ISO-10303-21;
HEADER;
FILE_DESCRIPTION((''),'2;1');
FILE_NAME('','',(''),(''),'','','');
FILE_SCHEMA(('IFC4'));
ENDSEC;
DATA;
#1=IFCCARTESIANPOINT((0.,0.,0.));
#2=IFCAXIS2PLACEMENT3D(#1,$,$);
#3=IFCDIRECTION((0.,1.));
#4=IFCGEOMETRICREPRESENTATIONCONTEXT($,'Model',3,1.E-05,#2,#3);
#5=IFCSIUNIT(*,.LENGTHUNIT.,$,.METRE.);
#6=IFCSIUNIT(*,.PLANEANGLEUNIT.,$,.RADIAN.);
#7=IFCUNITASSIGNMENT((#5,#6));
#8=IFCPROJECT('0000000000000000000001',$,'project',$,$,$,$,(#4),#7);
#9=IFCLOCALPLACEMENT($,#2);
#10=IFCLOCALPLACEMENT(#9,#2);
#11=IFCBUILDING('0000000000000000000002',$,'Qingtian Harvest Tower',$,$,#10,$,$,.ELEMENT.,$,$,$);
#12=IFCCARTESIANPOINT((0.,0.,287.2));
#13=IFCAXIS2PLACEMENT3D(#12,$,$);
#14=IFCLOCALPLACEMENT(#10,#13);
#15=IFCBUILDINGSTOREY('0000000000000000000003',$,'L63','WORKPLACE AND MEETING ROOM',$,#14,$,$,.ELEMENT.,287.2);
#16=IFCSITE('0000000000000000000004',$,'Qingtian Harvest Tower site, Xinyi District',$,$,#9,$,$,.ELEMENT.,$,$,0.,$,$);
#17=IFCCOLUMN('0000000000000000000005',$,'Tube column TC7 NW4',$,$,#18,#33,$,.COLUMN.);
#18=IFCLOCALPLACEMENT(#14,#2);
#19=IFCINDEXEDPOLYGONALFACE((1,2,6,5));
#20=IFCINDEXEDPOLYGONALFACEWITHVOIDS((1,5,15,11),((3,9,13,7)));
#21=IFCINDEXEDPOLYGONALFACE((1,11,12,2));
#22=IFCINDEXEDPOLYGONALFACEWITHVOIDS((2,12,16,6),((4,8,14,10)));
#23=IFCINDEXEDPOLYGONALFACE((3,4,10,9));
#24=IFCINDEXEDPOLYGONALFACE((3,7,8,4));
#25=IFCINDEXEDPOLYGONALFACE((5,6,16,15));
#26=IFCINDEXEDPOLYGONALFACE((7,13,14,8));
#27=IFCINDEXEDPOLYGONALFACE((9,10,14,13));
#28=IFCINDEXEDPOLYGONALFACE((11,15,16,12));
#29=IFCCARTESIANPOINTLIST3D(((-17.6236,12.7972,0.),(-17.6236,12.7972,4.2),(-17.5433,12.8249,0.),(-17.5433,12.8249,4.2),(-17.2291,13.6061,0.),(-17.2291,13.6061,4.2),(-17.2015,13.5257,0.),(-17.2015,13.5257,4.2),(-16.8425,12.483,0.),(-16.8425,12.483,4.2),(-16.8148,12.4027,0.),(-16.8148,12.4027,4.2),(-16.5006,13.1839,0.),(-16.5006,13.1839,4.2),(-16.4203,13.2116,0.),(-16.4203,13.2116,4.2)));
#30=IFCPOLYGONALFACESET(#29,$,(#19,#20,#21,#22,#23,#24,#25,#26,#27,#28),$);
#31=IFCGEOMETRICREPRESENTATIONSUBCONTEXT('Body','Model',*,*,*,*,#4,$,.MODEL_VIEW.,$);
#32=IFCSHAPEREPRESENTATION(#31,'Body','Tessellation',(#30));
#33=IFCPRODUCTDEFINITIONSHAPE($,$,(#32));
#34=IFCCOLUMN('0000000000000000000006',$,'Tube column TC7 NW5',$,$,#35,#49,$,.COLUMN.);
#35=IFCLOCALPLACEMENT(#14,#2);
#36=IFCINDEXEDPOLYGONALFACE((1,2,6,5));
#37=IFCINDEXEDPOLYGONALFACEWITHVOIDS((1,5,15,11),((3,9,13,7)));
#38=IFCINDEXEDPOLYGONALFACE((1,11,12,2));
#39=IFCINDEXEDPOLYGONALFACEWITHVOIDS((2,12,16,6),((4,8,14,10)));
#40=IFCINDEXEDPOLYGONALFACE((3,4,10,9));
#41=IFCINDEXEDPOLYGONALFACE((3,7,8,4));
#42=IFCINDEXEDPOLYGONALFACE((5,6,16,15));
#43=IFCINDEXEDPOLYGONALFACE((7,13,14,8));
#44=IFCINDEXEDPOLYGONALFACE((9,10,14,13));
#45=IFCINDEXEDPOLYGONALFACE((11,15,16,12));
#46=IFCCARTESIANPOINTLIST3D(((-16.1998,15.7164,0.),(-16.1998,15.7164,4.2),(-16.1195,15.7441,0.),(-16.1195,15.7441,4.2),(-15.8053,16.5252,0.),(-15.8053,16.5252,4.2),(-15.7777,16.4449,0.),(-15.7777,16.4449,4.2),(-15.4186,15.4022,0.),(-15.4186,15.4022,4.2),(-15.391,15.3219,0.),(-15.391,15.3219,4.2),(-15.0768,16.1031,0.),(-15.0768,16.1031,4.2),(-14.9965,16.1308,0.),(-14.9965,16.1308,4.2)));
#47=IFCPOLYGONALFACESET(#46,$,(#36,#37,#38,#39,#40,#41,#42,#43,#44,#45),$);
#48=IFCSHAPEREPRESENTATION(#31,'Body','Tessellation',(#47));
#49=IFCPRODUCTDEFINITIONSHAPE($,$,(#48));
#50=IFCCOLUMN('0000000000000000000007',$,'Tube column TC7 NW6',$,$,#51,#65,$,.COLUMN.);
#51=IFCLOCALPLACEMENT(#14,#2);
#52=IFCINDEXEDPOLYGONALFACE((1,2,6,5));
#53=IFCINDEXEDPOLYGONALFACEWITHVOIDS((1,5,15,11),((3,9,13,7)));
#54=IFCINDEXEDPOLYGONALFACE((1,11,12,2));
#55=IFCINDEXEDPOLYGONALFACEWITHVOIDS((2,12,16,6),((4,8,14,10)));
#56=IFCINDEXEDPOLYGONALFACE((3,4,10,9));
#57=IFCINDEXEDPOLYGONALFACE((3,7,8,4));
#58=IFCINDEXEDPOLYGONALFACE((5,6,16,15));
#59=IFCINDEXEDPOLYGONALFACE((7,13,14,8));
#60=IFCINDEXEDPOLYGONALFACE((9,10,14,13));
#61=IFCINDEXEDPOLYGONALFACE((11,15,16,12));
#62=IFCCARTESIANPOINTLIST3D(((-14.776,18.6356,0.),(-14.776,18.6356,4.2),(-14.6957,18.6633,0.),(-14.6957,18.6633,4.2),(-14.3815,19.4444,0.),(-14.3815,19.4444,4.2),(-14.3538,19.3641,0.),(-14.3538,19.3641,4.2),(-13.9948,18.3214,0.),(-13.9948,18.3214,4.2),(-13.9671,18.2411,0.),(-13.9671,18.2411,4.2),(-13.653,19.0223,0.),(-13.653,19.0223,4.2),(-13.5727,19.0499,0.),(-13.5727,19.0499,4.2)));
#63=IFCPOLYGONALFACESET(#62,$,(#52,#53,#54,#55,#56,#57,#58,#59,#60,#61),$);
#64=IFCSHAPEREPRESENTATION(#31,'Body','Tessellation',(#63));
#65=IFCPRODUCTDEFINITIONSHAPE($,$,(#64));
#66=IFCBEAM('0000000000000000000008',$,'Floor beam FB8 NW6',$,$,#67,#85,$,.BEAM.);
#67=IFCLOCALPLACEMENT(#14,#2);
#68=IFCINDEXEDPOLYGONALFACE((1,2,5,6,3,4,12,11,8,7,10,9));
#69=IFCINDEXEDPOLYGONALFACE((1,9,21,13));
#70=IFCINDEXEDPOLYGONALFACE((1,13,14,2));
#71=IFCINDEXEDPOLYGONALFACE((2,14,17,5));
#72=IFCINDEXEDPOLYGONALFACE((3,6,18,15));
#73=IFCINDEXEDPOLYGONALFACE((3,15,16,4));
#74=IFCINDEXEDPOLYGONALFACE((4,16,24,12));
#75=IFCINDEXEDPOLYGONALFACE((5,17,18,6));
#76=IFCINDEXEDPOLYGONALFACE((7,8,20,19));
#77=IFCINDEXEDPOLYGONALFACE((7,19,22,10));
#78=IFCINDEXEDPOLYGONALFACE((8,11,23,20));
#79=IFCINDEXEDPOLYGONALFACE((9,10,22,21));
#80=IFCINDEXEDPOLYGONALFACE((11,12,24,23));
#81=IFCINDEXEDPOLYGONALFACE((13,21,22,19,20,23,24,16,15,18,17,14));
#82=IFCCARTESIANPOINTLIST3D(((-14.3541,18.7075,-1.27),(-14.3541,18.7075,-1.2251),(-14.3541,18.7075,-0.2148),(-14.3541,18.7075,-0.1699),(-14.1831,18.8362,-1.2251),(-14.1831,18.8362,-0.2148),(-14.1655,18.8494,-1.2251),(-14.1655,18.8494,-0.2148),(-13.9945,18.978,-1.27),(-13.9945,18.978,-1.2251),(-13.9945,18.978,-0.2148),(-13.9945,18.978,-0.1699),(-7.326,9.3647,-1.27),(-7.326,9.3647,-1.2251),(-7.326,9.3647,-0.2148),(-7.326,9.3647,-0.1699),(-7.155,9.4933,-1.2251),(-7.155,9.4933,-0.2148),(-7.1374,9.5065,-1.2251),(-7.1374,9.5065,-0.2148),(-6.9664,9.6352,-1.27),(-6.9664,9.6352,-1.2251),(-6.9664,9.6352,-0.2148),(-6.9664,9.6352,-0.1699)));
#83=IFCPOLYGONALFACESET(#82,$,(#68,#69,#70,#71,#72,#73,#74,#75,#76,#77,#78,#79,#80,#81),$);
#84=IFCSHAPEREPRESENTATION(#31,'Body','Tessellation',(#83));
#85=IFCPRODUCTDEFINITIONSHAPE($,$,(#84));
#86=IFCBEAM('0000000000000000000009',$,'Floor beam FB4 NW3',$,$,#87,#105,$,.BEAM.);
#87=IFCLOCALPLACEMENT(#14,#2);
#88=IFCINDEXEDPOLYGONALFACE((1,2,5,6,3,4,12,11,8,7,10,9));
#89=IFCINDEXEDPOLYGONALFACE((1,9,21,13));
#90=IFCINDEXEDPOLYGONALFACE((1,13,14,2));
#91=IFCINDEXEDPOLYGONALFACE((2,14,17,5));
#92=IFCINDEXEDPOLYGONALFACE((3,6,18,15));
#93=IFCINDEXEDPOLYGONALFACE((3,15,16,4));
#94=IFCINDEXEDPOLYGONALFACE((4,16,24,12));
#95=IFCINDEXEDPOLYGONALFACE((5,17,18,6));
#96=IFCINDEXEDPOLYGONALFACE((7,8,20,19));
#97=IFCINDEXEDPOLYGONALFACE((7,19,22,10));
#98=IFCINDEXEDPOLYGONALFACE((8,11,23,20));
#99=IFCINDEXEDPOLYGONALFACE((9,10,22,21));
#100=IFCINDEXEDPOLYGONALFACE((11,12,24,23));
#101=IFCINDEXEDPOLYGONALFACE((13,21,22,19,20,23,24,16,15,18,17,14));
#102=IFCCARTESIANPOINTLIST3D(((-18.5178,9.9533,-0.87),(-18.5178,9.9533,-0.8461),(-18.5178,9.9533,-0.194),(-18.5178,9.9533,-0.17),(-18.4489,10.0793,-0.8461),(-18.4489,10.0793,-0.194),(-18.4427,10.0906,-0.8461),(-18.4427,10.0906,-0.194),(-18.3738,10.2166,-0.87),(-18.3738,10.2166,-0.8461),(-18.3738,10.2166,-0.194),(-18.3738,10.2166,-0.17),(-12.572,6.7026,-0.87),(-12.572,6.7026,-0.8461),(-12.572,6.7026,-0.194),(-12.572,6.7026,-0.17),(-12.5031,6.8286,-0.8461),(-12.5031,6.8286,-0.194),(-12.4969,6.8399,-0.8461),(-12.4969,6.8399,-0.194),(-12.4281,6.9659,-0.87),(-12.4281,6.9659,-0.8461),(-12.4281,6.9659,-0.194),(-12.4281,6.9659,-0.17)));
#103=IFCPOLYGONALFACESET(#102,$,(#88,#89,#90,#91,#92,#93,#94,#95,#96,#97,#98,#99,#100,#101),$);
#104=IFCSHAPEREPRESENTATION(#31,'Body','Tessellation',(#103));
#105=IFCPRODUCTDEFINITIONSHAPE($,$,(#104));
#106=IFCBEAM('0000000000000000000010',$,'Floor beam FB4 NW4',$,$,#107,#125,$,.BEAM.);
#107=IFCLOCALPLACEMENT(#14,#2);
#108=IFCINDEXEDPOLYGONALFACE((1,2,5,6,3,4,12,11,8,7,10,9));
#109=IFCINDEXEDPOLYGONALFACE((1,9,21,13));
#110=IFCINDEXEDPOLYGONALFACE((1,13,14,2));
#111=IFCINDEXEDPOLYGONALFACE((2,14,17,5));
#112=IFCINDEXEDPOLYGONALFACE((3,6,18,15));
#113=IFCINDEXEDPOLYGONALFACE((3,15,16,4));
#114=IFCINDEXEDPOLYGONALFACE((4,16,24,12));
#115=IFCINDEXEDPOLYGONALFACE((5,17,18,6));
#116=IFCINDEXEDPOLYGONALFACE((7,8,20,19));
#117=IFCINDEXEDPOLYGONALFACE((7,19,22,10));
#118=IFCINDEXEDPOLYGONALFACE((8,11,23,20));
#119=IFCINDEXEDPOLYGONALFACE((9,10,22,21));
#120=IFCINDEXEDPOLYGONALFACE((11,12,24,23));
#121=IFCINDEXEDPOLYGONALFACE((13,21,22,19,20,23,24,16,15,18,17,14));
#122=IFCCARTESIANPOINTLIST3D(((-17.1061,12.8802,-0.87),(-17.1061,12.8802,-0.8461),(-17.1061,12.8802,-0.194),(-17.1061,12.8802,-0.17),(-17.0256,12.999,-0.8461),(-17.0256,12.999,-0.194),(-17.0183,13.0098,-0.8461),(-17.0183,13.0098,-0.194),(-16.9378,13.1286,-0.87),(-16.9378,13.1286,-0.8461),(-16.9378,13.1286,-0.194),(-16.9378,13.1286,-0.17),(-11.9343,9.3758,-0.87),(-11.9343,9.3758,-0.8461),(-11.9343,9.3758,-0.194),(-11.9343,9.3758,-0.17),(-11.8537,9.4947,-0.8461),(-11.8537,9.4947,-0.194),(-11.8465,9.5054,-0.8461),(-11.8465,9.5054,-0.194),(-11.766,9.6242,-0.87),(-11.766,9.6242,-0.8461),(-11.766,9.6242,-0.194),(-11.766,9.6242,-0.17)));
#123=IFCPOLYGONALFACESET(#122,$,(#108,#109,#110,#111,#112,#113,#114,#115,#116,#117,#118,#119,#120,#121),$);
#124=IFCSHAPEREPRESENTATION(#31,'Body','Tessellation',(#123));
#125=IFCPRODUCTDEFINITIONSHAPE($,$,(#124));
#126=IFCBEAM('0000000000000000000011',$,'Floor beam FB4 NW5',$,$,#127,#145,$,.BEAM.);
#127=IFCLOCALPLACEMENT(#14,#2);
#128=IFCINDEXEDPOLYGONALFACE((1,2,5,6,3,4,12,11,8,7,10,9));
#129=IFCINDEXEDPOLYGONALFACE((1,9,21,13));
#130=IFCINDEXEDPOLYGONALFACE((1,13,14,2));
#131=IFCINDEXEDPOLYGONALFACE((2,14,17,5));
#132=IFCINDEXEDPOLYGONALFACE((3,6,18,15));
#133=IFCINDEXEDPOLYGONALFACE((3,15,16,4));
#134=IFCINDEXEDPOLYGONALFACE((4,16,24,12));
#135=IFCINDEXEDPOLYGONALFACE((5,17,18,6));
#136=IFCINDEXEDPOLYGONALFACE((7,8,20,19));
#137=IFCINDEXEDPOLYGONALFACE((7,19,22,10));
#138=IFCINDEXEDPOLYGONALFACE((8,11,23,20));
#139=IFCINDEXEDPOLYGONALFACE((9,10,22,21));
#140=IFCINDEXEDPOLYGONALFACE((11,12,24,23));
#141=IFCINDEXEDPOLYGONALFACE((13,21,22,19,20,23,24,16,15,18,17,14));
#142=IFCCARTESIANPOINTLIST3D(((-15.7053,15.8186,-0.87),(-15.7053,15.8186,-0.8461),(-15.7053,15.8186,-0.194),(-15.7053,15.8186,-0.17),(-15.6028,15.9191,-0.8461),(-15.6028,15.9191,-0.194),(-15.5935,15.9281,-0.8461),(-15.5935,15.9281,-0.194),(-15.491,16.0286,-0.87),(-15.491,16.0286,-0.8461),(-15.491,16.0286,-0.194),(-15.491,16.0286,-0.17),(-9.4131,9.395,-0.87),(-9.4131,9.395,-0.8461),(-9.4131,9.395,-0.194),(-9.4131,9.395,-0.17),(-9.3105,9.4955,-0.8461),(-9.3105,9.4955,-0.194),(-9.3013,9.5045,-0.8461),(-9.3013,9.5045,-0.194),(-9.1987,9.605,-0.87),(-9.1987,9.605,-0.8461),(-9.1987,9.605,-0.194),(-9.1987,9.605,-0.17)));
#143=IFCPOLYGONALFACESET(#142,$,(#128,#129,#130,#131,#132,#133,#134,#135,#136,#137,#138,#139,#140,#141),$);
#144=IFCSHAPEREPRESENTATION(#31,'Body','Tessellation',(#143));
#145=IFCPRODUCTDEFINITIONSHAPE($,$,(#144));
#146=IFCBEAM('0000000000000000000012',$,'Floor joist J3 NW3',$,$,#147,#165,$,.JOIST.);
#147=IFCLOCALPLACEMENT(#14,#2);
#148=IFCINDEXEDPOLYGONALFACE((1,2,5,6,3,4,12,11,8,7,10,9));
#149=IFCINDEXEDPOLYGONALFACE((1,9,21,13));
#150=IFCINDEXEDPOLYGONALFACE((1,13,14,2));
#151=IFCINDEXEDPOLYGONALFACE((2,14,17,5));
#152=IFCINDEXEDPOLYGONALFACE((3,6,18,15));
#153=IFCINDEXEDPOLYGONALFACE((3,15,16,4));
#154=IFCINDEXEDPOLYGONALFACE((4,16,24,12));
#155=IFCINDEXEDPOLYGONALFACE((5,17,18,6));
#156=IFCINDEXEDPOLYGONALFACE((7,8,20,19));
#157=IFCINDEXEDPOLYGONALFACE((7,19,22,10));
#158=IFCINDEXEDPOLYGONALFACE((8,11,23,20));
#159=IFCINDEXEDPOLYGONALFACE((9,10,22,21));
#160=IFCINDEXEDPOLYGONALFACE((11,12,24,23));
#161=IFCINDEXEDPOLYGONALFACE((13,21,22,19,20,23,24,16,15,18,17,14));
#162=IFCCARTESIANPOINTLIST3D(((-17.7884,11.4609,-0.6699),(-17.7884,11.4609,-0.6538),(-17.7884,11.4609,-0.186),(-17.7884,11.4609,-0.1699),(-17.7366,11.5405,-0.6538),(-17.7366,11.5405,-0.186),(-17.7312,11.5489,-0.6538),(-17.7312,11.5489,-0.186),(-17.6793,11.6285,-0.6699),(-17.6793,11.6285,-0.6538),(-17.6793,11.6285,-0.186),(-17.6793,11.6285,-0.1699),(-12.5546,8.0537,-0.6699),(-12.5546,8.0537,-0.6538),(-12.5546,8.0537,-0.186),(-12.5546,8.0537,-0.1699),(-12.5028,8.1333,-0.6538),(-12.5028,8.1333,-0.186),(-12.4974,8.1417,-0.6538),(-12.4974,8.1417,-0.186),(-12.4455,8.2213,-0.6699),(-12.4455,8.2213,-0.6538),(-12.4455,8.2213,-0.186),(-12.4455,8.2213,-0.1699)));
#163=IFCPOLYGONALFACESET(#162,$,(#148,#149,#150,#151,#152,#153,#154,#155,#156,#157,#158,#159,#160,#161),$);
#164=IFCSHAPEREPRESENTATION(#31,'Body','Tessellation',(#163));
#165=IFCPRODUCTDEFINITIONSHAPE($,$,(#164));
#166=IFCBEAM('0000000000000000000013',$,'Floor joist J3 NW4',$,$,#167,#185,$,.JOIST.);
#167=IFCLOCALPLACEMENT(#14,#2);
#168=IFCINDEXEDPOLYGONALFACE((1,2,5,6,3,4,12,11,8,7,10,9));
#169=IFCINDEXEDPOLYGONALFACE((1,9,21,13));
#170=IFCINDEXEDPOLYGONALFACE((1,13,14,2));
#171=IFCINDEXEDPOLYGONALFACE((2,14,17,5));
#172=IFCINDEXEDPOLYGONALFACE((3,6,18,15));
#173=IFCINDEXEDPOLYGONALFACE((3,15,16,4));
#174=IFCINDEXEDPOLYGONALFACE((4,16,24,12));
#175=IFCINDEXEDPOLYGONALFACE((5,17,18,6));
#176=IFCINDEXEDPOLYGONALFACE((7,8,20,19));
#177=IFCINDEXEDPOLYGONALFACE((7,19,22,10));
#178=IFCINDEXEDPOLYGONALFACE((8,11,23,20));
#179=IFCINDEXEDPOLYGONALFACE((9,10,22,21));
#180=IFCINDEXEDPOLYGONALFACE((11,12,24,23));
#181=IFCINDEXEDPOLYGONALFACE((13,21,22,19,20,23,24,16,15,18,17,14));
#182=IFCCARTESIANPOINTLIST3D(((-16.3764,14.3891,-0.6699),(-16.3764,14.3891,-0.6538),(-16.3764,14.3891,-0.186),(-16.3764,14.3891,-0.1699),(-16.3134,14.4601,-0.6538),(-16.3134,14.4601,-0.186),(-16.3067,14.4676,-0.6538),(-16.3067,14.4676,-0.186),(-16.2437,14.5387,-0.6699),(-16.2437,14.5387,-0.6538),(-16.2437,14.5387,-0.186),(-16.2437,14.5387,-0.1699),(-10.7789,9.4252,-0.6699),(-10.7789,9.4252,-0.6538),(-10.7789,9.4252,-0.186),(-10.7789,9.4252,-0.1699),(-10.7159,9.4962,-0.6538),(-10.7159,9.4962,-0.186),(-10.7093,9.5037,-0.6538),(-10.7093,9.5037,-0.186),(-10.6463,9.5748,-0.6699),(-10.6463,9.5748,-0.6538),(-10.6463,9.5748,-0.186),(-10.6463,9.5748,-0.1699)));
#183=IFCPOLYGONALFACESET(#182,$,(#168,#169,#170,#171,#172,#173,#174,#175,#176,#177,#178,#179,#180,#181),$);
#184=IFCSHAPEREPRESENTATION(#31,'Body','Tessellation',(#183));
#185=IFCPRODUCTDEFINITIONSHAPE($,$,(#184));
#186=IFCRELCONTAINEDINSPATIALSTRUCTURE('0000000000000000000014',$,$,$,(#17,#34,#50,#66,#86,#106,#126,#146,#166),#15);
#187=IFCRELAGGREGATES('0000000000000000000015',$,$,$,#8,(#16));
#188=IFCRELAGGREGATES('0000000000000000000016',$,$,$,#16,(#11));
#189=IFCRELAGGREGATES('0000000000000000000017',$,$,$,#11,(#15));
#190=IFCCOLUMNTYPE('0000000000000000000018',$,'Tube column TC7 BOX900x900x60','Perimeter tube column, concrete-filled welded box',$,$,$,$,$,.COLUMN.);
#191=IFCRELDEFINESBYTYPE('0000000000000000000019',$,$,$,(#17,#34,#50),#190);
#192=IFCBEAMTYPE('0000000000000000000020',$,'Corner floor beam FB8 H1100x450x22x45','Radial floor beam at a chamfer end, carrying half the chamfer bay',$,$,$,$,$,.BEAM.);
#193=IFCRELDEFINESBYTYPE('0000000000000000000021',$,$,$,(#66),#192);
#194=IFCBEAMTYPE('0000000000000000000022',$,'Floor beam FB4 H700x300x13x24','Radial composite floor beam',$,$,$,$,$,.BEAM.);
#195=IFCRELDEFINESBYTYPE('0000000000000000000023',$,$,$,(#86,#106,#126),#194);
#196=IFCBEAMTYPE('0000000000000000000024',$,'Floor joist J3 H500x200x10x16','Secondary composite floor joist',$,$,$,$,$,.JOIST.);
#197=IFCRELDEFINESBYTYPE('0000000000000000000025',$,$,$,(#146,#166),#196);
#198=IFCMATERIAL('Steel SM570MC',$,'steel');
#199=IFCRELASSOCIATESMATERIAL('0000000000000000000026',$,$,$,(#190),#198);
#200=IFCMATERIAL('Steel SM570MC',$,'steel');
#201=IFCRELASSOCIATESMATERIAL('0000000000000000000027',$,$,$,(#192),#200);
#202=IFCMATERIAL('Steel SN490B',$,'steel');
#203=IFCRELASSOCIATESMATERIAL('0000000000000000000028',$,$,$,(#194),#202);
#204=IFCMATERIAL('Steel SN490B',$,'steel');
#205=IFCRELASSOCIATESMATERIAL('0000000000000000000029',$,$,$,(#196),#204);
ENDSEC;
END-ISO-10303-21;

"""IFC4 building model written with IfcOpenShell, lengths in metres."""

from ifc_helpers import new_model, si_unit, direction, frame, origin, origin_2d, place, context, subcontext, project, spatial, hollow_rectangle, i_section, extrude, material, material_profile, profile_set, type_object, element, save


model = new_model("IFC4")

# Units and contexts
model_context = context("Model", 3, precision=1e-05, world=origin(), true_north=direction((0.0, 1.0)))
body_context = subcontext(model_context, "Body", "Model", "MODEL_VIEW")
ifc_project = project(units=[si_unit("LENGTHUNIT", "METRE"), si_unit("PLANEANGLEUNIT", "RADIAN")], contexts=[model_context])

# Site, building, storey
site_placement = place(None, origin())
site = spatial("IfcSite", under=ifc_project, at=site_placement, Name="Qingtian Harvest Tower site, Xinyi District", CompositionType="ELEMENT", RefElevation=0.0)
building_placement = place(site_placement, origin())
building = spatial("IfcBuilding", under=site, at=building_placement, Name="Qingtian Harvest Tower", CompositionType="ELEMENT")
storey_placement = place(building_placement, frame((0.0, 0.0, 287.2)))
storey = spatial("IfcBuildingStorey", under=building, at=storey_placement, Name="L63", Description="WORKPLACE AND MEETING ROOM", CompositionType="ELEMENT", Elevation=287.2)

# Columns
ifc_material_1 = material(Name="Steel SM570MC", Category="steel")
ifc_material_profile_1 = material_profile(ifc_material_1, hollow_rectangle(XDim=0.8999, YDim=0.8999, WallThickness=0.0601, at=origin_2d()), Name="BOX900x900x60")
ifc_profile_set_1 = profile_set([ifc_material_profile_1], Name="Steel SM570MC")
column_type = type_object("IfcColumnType", Name="Tube column TC7 BOX900x900x60", Description="Perimeter tube column, concrete-filled welded box", PredefinedType="COLUMN", material=ifc_profile_set_1)
for number, where, z_axis, x_axis, name in (
    (1, (-17.022, 13.0044, 0.0), (0.0, 0.0, 1.0), (-0.438371, -0.898794, 0.0), "Tube column TC7 NW4"),
    (2, (-15.5981, 15.9236, 0.0), (0.0, 0.0, 1.0), (-0.438371, -0.898794, 0.0), "Tube column TC7 NW5"),
    (3, (-14.1743, 18.8428, 0.0), (0.0, 0.0, 1.0), (-0.438371, -0.898794, 0.0), "Tube column TC7 NW6"),
):
    element("IfcColumn", number, at=place(storey_placement, frame(where, z_axis=z_axis, x_axis=x_axis)), inside=storey, type_object=column_type, Name=name, PredefinedType="COLUMN", context=body_context, shape_type="SweptSolid", body=[
        extrude(hollow_rectangle(XDim=0.8999, YDim=0.8999, WallThickness=0.0601, at=origin_2d()), origin(), (0.0, 0.0, 1.0), 4.2),
    ])

# Beams
ifc_material_2 = material(Name="Steel SM570MC", Category="steel")
ifc_material_profile_2 = material_profile(ifc_material_2, i_section(OverallWidth=0.45, OverallDepth=1.1001, WebThickness=0.022, FlangeThickness=0.0449, at=origin_2d()), Name="H1100x450x22x45")
ifc_profile_set_2 = profile_set([ifc_material_profile_2], Name="Steel SM570MC")
beam_type_1 = type_object("IfcBeamType", Name="Corner floor beam FB8 H1100x450x22x45", Description="Radial floor beam at a chamfer end, carrying half the chamfer bay", PredefinedType="BEAM", material=ifc_profile_set_2)
beam_1_placement = place(storey_placement, frame((-14.1743, 18.8428, -0.72), z_axis=(0.601149, -0.799137, 0.0), x_axis=(0.799137, 0.601149, 0.0)))
element("IfcBeam", 4, at=beam_1_placement, inside=storey, type_object=beam_type_1, Name="Floor beam FB8 NW6", PredefinedType="BEAM", context=body_context, shape_type="SweptSolid", body=[
    extrude(i_section(OverallWidth=0.45, OverallDepth=1.1001, WebThickness=0.022, FlangeThickness=0.0449, at=origin_2d()), origin(), (0.0, 0.0, 1.0), 11.6912),
])
ifc_material_3 = material(Name="Steel SN490B", Category="steel")
ifc_material_profile_3 = material_profile(ifc_material_3, i_section(OverallWidth=0.3, OverallDepth=0.7, WebThickness=0.0129, FlangeThickness=0.0239, at=origin_2d()), Name="H700x300x13x24")
ifc_profile_set_3 = profile_set([ifc_material_profile_3], Name="Steel SN490B")
beam_type_2 = type_object("IfcBeamType", Name="Floor beam FB4 H700x300x13x24", Description="Radial composite floor beam", PredefinedType="BEAM", material=ifc_profile_set_3)
beam_2_placement = place(storey_placement, frame((-18.4458, 10.085, -0.52), z_axis=(0.877426, -0.479713, 0.0), x_axis=(0.479713, 0.877426, 0.0)))
element("IfcBeam", 5, at=beam_2_placement, inside=storey, type_object=beam_type_2, Name="Floor beam FB4 NW3", PredefinedType="BEAM", context=body_context, shape_type="SweptSolid", body=[
    extrude(i_section(OverallWidth=0.3, OverallDepth=0.7, WebThickness=0.0129, FlangeThickness=0.0239, at=origin_2d()), origin(), (0.0, 0.0, 1.0), 6.7764),
])
beam_3_placement = place(storey_placement, frame((-17.022, 13.0044, -0.52), z_axis=(0.827854, -0.560943, 0.0), x_axis=(0.560943, 0.827854, 0.0)))
element("IfcBeam", 6, at=beam_3_placement, inside=storey, type_object=beam_type_2, Name="Floor beam FB4 NW4", PredefinedType="BEAM", context=body_context, shape_type="SweptSolid", body=[
    extrude(i_section(OverallWidth=0.3, OverallDepth=0.7, WebThickness=0.0129, FlangeThickness=0.0239, at=origin_2d()), origin(), (0.0, 0.0, 1.0), 6.2473),
])
beam_4_placement = place(storey_placement, frame((-15.5981, 15.9236, -0.52), z_axis=(0.699765, -0.714373, 0.0), x_axis=(0.714373, 0.699765, 0.0)))
element("IfcBeam", 7, at=beam_4_placement, inside=storey, type_object=beam_type_2, Name="Floor beam FB4 NW5", PredefinedType="BEAM", context=body_context, shape_type="SweptSolid", body=[
    extrude(i_section(OverallWidth=0.3, OverallDepth=0.7, WebThickness=0.0129, FlangeThickness=0.0239, at=origin_2d()), origin(), (0.0, 0.0, 1.0), 8.9919),
])
ifc_material_4 = material(Name="Steel SN490B", Category="steel")
ifc_material_profile_4 = material_profile(ifc_material_4, i_section(OverallWidth=0.2, OverallDepth=0.5, WebThickness=0.01, FlangeThickness=0.0161, at=origin_2d()), Name="H500x200x10x16")
ifc_profile_set_4 = profile_set([ifc_material_profile_4], Name="Steel SN490B")
beam_type_3 = type_object("IfcBeamType", Name="Floor joist J3 H500x200x10x16", Description="Secondary composite floor joist", PredefinedType="JOIST", material=ifc_profile_set_4)
beam_5_placement = place(storey_placement, frame((-17.7339, 11.5447, -0.4199), z_axis=(0.838063, -0.545574, 0.0), x_axis=(0.545574, 0.838063, 0.0)))
element("IfcBeam", 8, at=beam_5_placement, inside=storey, type_object=beam_type_3, Name="Floor joist J3 NW3", PredefinedType="JOIST", context=body_context, shape_type="SweptSolid", body=[
    extrude(i_section(OverallWidth=0.2, OverallDepth=0.5, WebThickness=0.01, FlangeThickness=0.0161, at=origin_2d()), origin(), (0.0, 0.0, 1.0), 6.2451),
])
beam_6_placement = place(storey_placement, frame((-16.3101, 14.4639, -0.4199), z_axis=(0.748179, -0.663496, 0.0), x_axis=(0.663496, 0.748179, 0.0)))
element("IfcBeam", 9, at=beam_6_placement, inside=storey, type_object=beam_type_3, Name="Floor joist J3 NW4", PredefinedType="JOIST", context=body_context, shape_type="SweptSolid", body=[
    extrude(i_section(OverallWidth=0.2, OverallDepth=0.5, WebThickness=0.01, FlangeThickness=0.0161, at=origin_2d()), origin(), (0.0, 0.0, 1.0), 7.4814),
])

save(model, "model.ifc")
